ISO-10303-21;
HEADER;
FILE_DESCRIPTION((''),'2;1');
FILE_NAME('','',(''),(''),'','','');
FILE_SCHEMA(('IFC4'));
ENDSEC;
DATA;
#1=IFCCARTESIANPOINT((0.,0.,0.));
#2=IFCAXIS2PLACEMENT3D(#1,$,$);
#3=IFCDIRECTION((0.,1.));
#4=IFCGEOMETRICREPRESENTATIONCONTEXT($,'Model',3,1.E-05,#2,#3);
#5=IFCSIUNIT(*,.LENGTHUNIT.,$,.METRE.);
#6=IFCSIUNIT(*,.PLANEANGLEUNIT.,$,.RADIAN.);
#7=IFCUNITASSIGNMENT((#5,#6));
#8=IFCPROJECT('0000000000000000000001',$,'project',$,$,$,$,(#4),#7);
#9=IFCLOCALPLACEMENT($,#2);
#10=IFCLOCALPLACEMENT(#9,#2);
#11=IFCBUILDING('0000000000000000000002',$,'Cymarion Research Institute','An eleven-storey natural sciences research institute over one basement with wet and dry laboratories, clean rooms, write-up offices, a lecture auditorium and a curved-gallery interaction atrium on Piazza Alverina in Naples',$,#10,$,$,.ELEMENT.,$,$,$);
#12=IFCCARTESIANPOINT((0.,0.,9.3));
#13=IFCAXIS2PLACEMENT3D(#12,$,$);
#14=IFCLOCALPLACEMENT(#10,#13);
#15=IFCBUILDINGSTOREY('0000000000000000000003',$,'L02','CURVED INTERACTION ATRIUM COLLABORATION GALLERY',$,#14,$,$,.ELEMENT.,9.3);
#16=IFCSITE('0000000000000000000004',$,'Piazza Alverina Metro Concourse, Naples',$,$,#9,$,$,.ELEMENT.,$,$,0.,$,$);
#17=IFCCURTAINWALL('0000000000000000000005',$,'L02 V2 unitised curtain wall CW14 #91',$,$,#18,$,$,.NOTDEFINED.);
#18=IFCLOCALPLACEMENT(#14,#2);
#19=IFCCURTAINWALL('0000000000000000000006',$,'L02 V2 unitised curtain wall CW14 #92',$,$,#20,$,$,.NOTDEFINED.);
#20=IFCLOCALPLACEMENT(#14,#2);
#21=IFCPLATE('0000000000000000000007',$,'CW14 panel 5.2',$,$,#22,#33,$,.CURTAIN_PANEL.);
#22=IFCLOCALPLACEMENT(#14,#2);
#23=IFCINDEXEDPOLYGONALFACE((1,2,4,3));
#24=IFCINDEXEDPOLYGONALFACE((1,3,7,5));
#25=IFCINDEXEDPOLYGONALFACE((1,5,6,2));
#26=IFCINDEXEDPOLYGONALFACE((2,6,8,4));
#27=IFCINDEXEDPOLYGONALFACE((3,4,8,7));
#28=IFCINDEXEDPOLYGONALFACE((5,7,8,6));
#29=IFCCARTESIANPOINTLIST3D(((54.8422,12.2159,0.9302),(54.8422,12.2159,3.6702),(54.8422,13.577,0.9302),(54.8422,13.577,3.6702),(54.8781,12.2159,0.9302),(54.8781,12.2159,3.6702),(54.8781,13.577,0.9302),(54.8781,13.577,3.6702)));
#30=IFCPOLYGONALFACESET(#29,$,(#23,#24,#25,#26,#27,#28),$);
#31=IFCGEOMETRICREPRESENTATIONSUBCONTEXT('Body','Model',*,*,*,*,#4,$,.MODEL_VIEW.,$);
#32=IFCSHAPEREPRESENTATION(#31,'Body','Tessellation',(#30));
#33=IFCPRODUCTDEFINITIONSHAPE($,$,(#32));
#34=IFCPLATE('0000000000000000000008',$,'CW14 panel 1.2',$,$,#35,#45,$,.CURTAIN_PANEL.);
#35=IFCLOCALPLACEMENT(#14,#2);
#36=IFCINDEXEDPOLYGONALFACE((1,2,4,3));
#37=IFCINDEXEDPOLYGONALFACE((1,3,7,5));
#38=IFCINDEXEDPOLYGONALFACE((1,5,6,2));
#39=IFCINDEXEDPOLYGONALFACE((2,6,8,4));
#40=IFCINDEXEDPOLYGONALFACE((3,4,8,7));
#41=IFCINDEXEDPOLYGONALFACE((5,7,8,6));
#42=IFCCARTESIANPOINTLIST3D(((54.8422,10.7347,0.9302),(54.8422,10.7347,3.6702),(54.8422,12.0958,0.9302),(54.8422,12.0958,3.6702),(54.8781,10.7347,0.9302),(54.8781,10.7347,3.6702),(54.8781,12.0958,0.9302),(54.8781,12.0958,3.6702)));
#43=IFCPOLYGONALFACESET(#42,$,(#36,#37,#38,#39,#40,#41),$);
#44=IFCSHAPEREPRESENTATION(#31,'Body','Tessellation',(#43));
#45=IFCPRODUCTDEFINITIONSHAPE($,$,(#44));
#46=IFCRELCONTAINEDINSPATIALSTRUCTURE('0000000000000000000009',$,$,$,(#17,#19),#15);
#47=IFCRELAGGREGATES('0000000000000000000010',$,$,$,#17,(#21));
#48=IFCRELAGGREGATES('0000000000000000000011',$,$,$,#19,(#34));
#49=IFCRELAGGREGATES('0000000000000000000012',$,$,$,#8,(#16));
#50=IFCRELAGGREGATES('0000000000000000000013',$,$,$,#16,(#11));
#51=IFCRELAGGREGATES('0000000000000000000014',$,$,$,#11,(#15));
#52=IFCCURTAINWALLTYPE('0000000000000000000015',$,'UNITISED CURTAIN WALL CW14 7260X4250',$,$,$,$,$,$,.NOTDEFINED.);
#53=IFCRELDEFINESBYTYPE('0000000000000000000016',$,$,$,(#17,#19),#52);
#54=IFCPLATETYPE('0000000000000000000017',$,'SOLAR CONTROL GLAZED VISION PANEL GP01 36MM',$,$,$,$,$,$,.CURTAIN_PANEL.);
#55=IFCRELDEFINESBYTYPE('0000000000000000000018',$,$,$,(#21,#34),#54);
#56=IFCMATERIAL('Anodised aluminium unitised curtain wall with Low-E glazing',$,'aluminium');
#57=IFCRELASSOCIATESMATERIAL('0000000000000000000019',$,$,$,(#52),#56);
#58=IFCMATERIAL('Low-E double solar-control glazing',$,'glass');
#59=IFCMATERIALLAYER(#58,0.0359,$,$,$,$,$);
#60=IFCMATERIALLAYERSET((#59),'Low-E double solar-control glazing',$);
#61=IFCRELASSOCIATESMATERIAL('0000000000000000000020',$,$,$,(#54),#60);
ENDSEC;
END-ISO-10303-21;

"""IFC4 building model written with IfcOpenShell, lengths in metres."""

from ifc_helpers import new_model, si_unit, direction, frame, origin, origin_2d, place, context, subcontext, project, spatial, rectangle, extrude, material, layer, layer_set, type_object, element, aggregate, save


model = new_model("IFC4")

# Units and contexts
model_context = context("Model", 3, precision=1e-05, world=origin(), true_north=direction((0.0, 1.0)))
body_context = subcontext(model_context, "Body", "Model", "MODEL_VIEW")
ifc_project = project(units=[si_unit("LENGTHUNIT", "METRE"), si_unit("PLANEANGLEUNIT", "RADIAN")], contexts=[model_context])

# Site, building, storey
site_placement = place(None, origin())
site = spatial("IfcSite", under=ifc_project, at=site_placement, Name="Piazza Alverina Metro Concourse, Naples", CompositionType="ELEMENT", RefElevation=0.0)
building_placement = place(site_placement, origin())
building = spatial("IfcBuilding", under=site, at=building_placement, Name="Cymarion Research Institute", Description="An eleven-storey natural sciences research institute over one basement with wet and dry laboratories, clean rooms, write-up offices, a lecture auditorium and a curved-gallery interaction atrium on Piazza Alverina in Naples", CompositionType="ELEMENT")
storey_placement = place(building_placement, frame((0.0, 0.0, 9.3)))
storey = spatial("IfcBuildingStorey", under=building, at=storey_placement, Name="L02", Description="CURVED INTERACTION ATRIUM COLLABORATION GALLERY", CompositionType="ELEMENT", Elevation=9.3)

# Curtain walls
ifc_material_1 = material(Name="Anodised aluminium unitised curtain wall with Low-E glazing", Category="aluminium")
curtain_wall_type = type_object("IfcCurtainWallType", Name="UNITISED CURTAIN WALL CW14 7260X4250", PredefinedType="NOTDEFINED", material=ifc_material_1)
curtain_wall_1_placement = place(storey_placement, origin())
curtain_wall_1 = element("IfcCurtainWall", 1, at=curtain_wall_1_placement, inside=storey, type_object=curtain_wall_type, Name="L02 V2 unitised curtain wall CW14 #91", PredefinedType="NOTDEFINED")
curtain_wall_2_placement = place(storey_placement, origin())
curtain_wall_2 = element("IfcCurtainWall", 2, at=curtain_wall_2_placement, inside=storey, type_object=curtain_wall_type, Name="L02 V2 unitised curtain wall CW14 #92", PredefinedType="NOTDEFINED")

# Plates
ifc_material_2 = material(Name="Low-E double solar-control glazing", Category="glass")
ifc_layer_1 = layer(ifc_material_2, 0.0359)
ifc_layer_set_1 = layer_set([ifc_layer_1], Name="Low-E double solar-control glazing")
plate_type_1 = type_object("IfcPlateType", Name="SOLAR CONTROL GLAZED VISION PANEL GP01 36MM", PredefinedType="CURTAIN_PANEL", material=ifc_layer_set_1)
plate_1_placement = place(storey_placement, frame((54.8601, 12.8965, 0.9302), z_axis=(0.0, 0.0, 1.0), x_axis=(0.0, -1.0, 0.0)))
plate_1 = element("IfcPlate", 3, at=plate_1_placement, type_object=plate_type_1, Name="CW14 panel 5.2", PredefinedType="CURTAIN_PANEL", context=body_context, shape_type="SweptSolid", body=[
    extrude(rectangle(XDim=1.3611, YDim=0.0359, at=origin_2d()), origin(), (0.0, 0.0, 1.0), 2.74),
])
aggregate(curtain_wall_1, [plate_1])
plate_2_placement = place(storey_placement, frame((54.8601, 11.4153, 0.9302), z_axis=(0.0, 0.0, 1.0), x_axis=(0.0, -1.0, 0.0)))
plate_2 = element("IfcPlate", 4, at=plate_2_placement, type_object=plate_type_1, Name="CW14 panel 1.2", PredefinedType="CURTAIN_PANEL", context=body_context, shape_type="SweptSolid", body=[
    extrude(rectangle(XDim=1.3611, YDim=0.0359, at=origin_2d()), origin(), (0.0, 0.0, 1.0), 2.74),
])
aggregate(curtain_wall_2, [plate_2])

save(model, "model.ifc")
